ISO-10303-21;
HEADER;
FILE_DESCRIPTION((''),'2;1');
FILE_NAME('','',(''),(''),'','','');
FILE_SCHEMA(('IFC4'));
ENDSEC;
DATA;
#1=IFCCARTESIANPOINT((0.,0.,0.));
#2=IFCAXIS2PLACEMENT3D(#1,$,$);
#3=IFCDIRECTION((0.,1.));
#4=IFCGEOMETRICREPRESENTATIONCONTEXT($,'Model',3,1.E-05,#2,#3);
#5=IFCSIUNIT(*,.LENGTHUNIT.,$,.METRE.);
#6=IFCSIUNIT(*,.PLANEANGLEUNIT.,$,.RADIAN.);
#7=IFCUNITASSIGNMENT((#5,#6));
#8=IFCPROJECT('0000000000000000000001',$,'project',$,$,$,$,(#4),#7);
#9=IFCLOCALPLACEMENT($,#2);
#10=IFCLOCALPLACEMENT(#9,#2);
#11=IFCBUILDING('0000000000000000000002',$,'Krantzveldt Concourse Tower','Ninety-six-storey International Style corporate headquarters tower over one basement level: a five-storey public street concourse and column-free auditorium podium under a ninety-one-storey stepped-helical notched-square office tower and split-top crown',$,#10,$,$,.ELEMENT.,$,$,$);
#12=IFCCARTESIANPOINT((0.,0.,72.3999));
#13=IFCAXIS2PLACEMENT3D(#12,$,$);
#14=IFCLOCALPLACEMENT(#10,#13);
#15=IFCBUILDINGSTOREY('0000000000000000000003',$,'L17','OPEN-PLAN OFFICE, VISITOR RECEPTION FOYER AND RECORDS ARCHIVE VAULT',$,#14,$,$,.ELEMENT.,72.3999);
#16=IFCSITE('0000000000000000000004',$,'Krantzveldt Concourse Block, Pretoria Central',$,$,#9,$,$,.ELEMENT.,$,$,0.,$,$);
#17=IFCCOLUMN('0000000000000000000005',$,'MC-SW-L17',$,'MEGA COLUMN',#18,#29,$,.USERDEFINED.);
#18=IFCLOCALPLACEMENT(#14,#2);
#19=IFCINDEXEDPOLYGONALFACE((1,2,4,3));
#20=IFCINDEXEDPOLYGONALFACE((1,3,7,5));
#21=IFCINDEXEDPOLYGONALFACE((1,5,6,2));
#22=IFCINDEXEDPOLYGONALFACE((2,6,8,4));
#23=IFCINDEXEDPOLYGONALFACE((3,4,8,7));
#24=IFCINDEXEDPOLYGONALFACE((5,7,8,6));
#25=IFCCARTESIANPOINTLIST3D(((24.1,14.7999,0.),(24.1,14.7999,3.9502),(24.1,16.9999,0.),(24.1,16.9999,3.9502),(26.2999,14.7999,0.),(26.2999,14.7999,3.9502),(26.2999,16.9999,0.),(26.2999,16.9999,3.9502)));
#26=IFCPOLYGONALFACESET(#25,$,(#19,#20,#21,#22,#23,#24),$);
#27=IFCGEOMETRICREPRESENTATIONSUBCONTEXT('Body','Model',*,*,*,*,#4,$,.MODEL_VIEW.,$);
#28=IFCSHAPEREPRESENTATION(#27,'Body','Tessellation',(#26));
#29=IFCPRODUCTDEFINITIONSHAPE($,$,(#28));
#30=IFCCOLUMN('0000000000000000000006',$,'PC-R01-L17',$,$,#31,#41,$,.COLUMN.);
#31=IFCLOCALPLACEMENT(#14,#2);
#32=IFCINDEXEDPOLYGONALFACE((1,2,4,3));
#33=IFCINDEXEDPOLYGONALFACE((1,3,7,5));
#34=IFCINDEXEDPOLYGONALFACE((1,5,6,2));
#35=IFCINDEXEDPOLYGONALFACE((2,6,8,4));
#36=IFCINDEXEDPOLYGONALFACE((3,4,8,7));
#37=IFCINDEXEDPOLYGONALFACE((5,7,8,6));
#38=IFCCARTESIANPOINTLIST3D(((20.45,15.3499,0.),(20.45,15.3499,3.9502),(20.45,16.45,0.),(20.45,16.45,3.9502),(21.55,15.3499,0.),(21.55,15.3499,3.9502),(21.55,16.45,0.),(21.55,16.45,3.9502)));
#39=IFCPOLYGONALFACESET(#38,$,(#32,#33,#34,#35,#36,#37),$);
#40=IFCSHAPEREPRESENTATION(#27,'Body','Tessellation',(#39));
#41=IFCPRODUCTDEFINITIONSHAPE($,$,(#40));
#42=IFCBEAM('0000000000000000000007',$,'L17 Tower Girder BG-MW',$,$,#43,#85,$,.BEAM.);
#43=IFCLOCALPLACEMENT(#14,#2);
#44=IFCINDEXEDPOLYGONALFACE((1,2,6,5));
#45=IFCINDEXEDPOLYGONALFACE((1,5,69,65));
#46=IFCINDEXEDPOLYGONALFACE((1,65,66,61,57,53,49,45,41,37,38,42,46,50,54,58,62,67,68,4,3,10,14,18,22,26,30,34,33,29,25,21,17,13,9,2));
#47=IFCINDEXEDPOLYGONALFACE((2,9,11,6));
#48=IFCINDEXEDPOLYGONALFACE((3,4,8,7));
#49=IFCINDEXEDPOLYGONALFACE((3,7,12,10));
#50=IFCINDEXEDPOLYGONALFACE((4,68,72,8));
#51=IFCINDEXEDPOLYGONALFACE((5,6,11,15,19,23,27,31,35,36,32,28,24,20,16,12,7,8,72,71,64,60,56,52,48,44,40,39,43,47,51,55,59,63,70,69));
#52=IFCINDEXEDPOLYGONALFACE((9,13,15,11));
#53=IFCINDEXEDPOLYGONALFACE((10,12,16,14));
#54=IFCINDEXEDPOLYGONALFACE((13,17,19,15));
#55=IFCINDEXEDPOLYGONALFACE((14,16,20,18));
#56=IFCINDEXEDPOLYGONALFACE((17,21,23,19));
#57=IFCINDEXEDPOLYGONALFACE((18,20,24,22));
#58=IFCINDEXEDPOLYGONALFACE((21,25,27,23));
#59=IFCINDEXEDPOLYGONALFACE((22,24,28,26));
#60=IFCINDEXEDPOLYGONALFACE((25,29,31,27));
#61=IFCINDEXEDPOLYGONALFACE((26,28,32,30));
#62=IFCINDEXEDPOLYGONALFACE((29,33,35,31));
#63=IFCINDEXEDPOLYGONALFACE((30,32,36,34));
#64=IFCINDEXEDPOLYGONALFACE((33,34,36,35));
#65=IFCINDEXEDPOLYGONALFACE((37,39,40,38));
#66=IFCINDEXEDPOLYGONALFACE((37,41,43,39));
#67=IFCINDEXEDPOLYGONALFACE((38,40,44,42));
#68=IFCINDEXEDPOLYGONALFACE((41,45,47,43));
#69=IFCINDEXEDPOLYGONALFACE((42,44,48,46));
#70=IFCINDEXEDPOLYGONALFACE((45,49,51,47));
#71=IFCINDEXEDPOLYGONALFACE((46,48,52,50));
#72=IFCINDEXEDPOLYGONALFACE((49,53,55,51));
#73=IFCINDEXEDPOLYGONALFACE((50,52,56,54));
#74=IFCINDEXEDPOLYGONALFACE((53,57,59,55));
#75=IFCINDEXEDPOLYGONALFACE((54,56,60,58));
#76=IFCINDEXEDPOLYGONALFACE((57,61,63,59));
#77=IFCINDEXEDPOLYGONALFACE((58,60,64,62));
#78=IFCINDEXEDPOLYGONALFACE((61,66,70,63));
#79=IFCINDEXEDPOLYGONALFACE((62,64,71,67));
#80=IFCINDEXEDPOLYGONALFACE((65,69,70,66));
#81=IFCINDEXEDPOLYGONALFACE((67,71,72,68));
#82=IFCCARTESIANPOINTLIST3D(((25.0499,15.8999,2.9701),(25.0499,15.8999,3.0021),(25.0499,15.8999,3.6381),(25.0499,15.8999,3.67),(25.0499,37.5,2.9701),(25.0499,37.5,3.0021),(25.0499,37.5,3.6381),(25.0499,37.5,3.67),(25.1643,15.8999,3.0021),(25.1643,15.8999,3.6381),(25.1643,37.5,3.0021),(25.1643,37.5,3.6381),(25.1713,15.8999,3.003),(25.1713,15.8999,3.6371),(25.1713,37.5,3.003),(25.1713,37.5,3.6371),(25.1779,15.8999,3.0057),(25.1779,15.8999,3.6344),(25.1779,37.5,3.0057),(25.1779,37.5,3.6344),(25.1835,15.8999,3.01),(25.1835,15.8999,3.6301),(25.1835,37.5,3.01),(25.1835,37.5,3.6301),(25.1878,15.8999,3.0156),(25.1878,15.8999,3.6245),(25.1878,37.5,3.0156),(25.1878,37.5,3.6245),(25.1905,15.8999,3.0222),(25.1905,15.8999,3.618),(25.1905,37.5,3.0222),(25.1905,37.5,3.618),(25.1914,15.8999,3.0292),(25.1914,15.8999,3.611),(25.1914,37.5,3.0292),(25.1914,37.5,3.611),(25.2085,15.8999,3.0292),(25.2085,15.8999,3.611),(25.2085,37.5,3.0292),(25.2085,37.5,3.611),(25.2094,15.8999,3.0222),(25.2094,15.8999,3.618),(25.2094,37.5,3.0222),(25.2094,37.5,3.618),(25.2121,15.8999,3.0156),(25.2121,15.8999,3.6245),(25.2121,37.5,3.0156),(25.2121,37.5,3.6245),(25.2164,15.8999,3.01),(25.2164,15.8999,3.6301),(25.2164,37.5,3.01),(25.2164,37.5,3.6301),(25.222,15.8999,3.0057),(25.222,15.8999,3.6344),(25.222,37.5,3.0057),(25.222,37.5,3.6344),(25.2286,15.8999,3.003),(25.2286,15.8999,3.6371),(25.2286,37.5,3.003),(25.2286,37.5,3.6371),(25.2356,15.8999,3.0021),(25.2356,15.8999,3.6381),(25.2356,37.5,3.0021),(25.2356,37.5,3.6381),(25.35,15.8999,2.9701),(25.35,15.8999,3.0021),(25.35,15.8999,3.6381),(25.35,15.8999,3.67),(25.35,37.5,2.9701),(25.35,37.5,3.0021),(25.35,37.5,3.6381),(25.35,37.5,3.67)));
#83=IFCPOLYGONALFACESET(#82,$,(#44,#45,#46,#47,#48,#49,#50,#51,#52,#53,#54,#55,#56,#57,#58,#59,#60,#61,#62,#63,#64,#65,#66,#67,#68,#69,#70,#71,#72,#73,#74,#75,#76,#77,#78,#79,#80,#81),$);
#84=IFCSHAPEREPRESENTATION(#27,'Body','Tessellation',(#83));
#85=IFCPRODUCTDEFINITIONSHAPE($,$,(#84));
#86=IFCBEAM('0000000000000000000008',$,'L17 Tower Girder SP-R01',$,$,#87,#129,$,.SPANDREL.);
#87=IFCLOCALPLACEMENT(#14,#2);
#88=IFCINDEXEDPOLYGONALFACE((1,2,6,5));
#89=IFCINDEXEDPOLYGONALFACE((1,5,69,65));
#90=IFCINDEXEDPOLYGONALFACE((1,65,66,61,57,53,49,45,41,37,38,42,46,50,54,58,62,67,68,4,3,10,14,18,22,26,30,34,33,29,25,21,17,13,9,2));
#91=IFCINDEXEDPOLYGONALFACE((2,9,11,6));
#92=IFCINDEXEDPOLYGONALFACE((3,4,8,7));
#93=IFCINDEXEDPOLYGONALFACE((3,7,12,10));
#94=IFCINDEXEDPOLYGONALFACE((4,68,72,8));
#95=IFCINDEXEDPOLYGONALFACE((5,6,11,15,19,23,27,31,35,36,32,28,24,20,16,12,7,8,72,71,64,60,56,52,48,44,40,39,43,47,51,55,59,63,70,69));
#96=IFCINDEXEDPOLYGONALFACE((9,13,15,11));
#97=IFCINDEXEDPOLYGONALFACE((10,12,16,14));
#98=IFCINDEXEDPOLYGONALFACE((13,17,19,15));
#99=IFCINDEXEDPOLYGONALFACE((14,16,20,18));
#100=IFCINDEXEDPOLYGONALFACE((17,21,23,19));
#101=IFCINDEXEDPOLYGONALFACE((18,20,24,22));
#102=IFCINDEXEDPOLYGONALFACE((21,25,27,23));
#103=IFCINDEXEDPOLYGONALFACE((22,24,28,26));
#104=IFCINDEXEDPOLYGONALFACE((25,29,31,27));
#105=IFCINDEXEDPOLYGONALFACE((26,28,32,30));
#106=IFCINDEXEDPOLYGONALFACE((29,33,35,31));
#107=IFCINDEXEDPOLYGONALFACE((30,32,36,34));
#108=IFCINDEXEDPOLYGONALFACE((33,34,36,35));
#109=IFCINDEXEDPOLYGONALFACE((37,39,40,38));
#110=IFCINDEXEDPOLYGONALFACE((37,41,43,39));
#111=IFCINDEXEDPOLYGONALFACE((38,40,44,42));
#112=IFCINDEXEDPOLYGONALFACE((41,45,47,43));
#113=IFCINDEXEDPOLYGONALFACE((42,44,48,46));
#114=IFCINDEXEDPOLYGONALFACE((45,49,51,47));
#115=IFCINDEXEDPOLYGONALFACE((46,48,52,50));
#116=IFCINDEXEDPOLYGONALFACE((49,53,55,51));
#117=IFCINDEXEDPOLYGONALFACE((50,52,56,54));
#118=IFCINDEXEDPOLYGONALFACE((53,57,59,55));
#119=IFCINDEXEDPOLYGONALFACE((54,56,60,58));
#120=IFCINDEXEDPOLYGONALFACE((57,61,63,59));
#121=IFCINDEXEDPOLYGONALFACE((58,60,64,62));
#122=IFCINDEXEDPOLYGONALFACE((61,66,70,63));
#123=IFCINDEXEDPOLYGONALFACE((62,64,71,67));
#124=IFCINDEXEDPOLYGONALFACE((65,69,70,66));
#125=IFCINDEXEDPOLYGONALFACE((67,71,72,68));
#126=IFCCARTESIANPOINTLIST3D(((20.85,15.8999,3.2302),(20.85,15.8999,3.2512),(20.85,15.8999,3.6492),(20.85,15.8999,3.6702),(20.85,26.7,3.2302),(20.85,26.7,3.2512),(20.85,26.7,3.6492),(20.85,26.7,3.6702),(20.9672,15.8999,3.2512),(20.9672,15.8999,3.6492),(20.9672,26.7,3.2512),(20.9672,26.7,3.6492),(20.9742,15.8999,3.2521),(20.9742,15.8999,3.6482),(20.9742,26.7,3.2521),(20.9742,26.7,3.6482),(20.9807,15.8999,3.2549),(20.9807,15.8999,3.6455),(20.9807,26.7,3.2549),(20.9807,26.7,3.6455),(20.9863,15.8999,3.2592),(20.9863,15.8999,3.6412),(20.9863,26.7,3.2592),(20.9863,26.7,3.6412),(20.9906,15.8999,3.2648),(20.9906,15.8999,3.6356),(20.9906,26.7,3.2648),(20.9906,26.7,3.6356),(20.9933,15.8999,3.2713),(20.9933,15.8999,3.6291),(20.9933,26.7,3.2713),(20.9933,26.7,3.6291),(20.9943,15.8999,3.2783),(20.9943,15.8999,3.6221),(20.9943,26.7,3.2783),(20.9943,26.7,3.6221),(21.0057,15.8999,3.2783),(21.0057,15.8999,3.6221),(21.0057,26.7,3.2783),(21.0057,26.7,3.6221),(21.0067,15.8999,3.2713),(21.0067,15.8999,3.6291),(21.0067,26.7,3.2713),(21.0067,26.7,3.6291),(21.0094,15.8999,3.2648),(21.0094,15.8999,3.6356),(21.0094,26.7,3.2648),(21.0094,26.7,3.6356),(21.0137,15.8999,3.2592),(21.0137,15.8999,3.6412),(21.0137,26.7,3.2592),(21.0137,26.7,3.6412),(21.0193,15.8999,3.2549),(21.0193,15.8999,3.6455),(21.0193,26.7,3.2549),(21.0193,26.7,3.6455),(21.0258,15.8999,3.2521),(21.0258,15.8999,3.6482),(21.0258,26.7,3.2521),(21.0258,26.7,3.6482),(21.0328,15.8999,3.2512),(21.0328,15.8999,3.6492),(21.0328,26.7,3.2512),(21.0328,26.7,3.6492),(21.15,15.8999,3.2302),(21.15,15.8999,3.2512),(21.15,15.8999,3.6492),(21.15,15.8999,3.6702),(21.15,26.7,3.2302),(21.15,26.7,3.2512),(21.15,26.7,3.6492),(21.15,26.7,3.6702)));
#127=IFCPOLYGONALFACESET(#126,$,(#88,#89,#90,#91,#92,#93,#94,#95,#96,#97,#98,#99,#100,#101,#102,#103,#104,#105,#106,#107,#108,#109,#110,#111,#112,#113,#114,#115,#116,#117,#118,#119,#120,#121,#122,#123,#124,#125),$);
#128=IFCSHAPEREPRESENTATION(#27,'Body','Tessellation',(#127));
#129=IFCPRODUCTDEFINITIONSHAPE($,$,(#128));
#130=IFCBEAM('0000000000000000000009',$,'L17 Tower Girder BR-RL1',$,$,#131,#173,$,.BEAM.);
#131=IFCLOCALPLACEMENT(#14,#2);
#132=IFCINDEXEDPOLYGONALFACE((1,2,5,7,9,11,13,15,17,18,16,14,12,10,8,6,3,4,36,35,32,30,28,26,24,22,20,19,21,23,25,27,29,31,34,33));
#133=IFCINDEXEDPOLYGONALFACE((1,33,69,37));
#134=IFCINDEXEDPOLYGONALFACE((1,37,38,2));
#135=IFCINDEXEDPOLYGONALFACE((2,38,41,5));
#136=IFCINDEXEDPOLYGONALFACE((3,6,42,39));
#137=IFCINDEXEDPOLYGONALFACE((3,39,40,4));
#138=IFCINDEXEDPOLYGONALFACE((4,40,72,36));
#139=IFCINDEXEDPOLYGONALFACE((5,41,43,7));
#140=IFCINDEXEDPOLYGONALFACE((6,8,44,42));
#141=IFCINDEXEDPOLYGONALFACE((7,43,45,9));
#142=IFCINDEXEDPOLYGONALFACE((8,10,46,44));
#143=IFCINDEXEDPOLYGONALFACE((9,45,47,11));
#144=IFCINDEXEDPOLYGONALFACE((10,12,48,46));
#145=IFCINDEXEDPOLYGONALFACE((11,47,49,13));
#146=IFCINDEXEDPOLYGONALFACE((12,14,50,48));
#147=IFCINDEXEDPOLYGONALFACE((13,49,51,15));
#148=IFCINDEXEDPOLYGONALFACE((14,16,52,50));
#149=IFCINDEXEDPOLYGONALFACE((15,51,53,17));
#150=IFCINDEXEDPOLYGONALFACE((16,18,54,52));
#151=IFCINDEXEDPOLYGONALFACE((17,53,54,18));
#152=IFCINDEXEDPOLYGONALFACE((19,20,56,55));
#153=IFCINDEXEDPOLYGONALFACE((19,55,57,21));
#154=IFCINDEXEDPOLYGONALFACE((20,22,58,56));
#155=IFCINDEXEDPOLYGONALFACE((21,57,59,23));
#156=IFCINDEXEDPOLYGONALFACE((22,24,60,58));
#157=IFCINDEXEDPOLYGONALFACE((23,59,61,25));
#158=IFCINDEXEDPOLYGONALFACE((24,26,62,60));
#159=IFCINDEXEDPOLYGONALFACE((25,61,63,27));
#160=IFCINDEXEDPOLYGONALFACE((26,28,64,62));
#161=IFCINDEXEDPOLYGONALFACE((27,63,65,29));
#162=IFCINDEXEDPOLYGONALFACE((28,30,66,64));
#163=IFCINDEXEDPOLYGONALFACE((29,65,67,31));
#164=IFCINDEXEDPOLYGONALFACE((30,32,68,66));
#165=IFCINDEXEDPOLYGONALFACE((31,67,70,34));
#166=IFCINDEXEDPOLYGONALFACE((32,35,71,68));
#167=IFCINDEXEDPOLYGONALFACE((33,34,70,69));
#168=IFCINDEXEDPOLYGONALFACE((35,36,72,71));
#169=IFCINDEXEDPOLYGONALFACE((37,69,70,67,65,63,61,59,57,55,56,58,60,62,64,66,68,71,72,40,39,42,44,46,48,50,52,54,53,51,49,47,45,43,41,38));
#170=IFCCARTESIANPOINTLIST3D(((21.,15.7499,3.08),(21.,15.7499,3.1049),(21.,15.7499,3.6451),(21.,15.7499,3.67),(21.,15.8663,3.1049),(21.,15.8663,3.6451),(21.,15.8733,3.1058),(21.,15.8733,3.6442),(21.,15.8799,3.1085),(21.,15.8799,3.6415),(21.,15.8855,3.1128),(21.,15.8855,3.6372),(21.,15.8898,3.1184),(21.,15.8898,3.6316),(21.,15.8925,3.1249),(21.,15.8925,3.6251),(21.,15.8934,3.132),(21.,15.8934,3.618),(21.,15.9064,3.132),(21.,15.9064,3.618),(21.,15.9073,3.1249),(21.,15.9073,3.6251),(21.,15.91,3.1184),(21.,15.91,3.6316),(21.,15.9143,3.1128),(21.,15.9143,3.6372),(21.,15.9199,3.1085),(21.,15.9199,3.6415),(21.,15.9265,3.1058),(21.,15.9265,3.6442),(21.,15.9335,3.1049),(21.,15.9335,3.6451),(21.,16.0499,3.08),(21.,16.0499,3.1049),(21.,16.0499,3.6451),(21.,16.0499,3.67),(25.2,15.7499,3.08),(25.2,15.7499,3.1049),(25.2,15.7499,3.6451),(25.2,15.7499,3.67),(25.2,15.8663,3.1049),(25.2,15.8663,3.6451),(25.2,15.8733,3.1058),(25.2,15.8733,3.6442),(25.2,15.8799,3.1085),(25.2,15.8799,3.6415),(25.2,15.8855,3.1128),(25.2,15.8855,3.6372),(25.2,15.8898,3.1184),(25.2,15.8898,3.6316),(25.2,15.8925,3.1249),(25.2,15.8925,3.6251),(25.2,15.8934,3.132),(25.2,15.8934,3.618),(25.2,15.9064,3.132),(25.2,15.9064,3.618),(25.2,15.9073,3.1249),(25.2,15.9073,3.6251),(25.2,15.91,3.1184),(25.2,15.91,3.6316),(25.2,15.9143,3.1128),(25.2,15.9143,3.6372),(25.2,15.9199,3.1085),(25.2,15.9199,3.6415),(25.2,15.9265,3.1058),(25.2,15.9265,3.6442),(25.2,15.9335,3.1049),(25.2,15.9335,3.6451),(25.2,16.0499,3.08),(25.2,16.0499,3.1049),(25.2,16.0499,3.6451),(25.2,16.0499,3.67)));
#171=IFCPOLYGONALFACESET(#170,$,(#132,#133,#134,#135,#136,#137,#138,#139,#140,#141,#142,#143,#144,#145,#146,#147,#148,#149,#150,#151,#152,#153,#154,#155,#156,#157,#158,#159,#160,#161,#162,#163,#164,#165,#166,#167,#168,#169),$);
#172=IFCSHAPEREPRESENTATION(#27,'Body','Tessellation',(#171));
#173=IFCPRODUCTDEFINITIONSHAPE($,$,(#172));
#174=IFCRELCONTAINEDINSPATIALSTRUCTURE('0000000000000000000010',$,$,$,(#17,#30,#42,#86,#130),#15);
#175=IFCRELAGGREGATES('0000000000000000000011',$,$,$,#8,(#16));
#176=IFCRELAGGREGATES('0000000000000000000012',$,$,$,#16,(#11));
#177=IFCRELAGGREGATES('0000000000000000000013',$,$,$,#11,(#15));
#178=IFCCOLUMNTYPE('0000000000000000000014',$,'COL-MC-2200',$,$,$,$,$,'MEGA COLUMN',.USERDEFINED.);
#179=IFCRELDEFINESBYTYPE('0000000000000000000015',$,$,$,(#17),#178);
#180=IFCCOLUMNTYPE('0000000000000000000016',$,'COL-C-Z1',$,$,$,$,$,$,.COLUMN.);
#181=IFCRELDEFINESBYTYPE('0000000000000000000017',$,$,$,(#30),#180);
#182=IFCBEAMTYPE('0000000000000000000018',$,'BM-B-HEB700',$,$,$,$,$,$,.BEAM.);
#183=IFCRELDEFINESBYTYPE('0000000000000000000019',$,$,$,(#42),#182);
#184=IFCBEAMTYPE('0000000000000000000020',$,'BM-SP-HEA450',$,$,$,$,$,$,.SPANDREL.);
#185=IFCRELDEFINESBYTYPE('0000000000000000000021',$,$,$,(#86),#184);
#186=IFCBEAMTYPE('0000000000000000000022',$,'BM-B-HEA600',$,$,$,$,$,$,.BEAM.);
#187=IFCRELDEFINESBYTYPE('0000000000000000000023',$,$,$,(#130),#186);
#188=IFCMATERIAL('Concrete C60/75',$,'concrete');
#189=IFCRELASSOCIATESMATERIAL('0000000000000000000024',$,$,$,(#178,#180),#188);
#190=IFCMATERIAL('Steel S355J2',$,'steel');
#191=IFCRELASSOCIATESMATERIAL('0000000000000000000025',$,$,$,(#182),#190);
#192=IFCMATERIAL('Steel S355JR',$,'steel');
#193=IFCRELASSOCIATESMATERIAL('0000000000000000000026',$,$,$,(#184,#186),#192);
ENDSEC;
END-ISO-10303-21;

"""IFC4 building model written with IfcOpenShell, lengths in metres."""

from ifc_helpers import new_model, si_unit, direction, frame, origin, origin_2d, place, context, subcontext, project, spatial, rectangle, i_section, extrude, source, transform, mapped, material, material_profile, profile_set, type_object, type_shapes, element, save


model = new_model("IFC4")

# Units and contexts
model_context = context("Model", 3, precision=1e-05, world=origin(), true_north=direction((0.0, 1.0)))
body_context = subcontext(model_context, "Body", "Model", "MODEL_VIEW")
ifc_project = project(units=[si_unit("LENGTHUNIT", "METRE"), si_unit("PLANEANGLEUNIT", "RADIAN")], contexts=[model_context])

# Site, building, storey
site_placement = place(None, origin())
site = spatial("IfcSite", under=ifc_project, at=site_placement, Name="Krantzveldt Concourse Block, Pretoria Central", CompositionType="ELEMENT", RefElevation=0.0)
building_placement = place(site_placement, origin())
building = spatial("IfcBuilding", under=site, at=building_placement, Name="Krantzveldt Concourse Tower", Description="Ninety-six-storey International Style corporate headquarters tower over one basement level: a five-storey public street concourse and column-free auditorium podium under a ninety-one-storey stepped-helical notched-square office tower and split-top crown", CompositionType="ELEMENT")
storey_placement = place(building_placement, frame((0.0, 0.0, 72.3999)))
storey = spatial("IfcBuildingStorey", under=building, at=storey_placement, Name="L17", Description="OPEN-PLAN OFFICE, VISITOR RECEPTION FOYER AND RECORDS ARCHIVE VAULT", CompositionType="ELEMENT", Elevation=72.3999)

# Columns
ifc_material_1 = material(Name="Concrete C60/75", Category="concrete")
ifc_material_profile_1 = material_profile(ifc_material_1, rectangle(XDim=2.2, YDim=2.2, at=origin_2d()), Name="Concrete C60/75", Category="concrete")
ifc_profile_set_1 = profile_set([ifc_material_profile_1], Name="Concrete C60/75 - RC 2200x2200")
column_type_1 = type_object("IfcColumnType", Name="COL-MC-2200", ElementType="MEGA COLUMN", PredefinedType="USERDEFINED", material=ifc_profile_set_1)
shared_shape_1 = source(origin(), body_context, "Body", "SweptSolid", [
    extrude(rectangle(XDim=2.2, YDim=2.2, at=origin_2d()), origin(), (0.0, 0.0, 1.0), 3.9502),
])
type_shapes(column_type_1, [shared_shape_1])
column_1_placement = place(storey_placement, frame((25.2, 15.8999, 0.0), z_axis=(0.0, 0.0, 1.0), x_axis=(1.0, 0.0, 0.0)))
element("IfcColumn", 1, at=column_1_placement, inside=storey, type_object=column_type_1, Name="MC-SW-L17", ObjectType="MEGA COLUMN", PredefinedType="USERDEFINED", context=body_context, shape_type="MappedRepresentation", body=[
    mapped(shared_shape_1, transform((0.0, 0.0, 0.0), x_axis=(1.0, 0.0, 0.0), y_axis=(0.0, 1.0, 0.0), z_axis=(0.0, 0.0, 1.0), scale=1.0)),
])
ifc_material_profile_2 = material_profile(ifc_material_1, rectangle(XDim=1.1001, YDim=1.1001, at=origin_2d()), Name="Concrete C60/75", Category="concrete")
ifc_profile_set_2 = profile_set([ifc_material_profile_2], Name="Concrete C60/75 - RC 1100x1100")
column_type_2 = type_object("IfcColumnType", Name="COL-C-Z1", PredefinedType="COLUMN", material=ifc_profile_set_2)
shared_shape_2 = source(origin(), body_context, "Body", "SweptSolid", [
    extrude(rectangle(XDim=1.1001, YDim=1.1001, at=origin_2d()), origin(), (0.0, 0.0, 1.0), 3.9502),
])
type_shapes(column_type_2, [shared_shape_2])
column_2_placement = place(storey_placement, frame((21.0, 15.8999, 0.0), z_axis=(0.0, 0.0, 1.0), x_axis=(1.0, 0.0, 0.0)))
element("IfcColumn", 2, at=column_2_placement, inside=storey, type_object=column_type_2, Name="PC-R01-L17", PredefinedType="COLUMN", context=body_context, shape_type="MappedRepresentation", body=[
    mapped(shared_shape_2, transform((0.0, 0.0, 0.0), x_axis=(1.0, 0.0, 0.0), y_axis=(0.0, 1.0, 0.0), z_axis=(0.0, 0.0, 1.0), scale=1.0)),
])

# Beams
ifc_material_2 = material(Name="Steel S355J2", Category="steel")
ifc_material_profile_3 = material_profile(ifc_material_2, i_section(OverallWidth=0.3, OverallDepth=0.7, WebThickness=0.0171, FlangeThickness=0.032, FilletRadius=0.0271, at=origin_2d()), Name="Steel S355J2", Category="steel")
ifc_profile_set_3 = profile_set([ifc_material_profile_3], Name="Steel S355J2 - HEB 700")
beam_type_1 = type_object("IfcBeamType", Name="BM-B-HEB700", PredefinedType="BEAM", material=ifc_profile_set_3)
shared_shape_3 = source(origin(), body_context, "Body", "SweptSolid", [
    extrude(i_section(OverallWidth=0.3, OverallDepth=0.7, WebThickness=0.0171, FlangeThickness=0.032, FilletRadius=0.0271, at=origin_2d()), origin(), (0.0, 0.0, 1.0), 21.6001),
])
type_shapes(beam_type_1, [shared_shape_3])
beam_1_placement = place(storey_placement, frame((25.2, 15.8999, 3.3201), z_axis=(0.0, 1.0, 0.0), x_axis=(-1.0, 0.0, 0.0)))
element("IfcBeam", 3, at=beam_1_placement, inside=storey, type_object=beam_type_1, Name="L17 Tower Girder BG-MW", PredefinedType="BEAM", context=body_context, shape_type="MappedRepresentation", body=[
    mapped(shared_shape_3, transform((0.0, 0.0, 0.0), x_axis=(1.0, 0.0, 0.0), y_axis=(0.0, 1.0, 0.0), z_axis=(0.0, 0.0, 1.0), scale=1.0)),
])
ifc_material_3 = material(Name="Steel S355JR", Category="steel")
ifc_material_profile_4 = material_profile(ifc_material_3, i_section(OverallWidth=0.3, OverallDepth=0.4399, WebThickness=0.0115, FlangeThickness=0.021, FilletRadius=0.0271, at=origin_2d()), Name="Steel S355JR", Category="steel")
ifc_profile_set_4 = profile_set([ifc_material_profile_4], Name="Steel S355JR - HEA 450")
beam_type_2 = type_object("IfcBeamType", Name="BM-SP-HEA450", PredefinedType="SPANDREL", material=ifc_profile_set_4)
shared_shape_4 = source(origin(), body_context, "Body", "SweptSolid", [
    extrude(i_section(OverallWidth=0.3, OverallDepth=0.4399, WebThickness=0.0115, FlangeThickness=0.021, FilletRadius=0.0271, at=origin_2d()), origin(), (0.0, 0.0, 1.0), 10.8),
])
type_shapes(beam_type_2, [shared_shape_4])
beam_2_placement = place(storey_placement, frame((21.0, 15.8999, 3.4502), z_axis=(0.0, 1.0, 0.0), x_axis=(-1.0, 0.0, 0.0)))
element("IfcBeam", 4, at=beam_2_placement, inside=storey, type_object=beam_type_2, Name="L17 Tower Girder SP-R01", PredefinedType="SPANDREL", context=body_context, shape_type="MappedRepresentation", body=[
    mapped(shared_shape_4, transform((0.0, 0.0, 0.0), x_axis=(1.0, 0.0, 0.0), y_axis=(0.0, 1.0, 0.0), z_axis=(0.0, 0.0, 1.0), scale=1.0)),
])
ifc_material_profile_5 = material_profile(ifc_material_3, i_section(OverallWidth=0.3, OverallDepth=0.5901, WebThickness=0.0129, FlangeThickness=0.0249, FilletRadius=0.0271, at=origin_2d()), Name="Steel S355JR", Category="steel")
ifc_profile_set_5 = profile_set([ifc_material_profile_5], Name="Steel S355JR - HEA 600")
beam_type_3 = type_object("IfcBeamType", Name="BM-B-HEA600", PredefinedType="BEAM", material=ifc_profile_set_5)
shared_shape_5 = source(origin(), body_context, "Body", "SweptSolid", [
    extrude(i_section(OverallWidth=0.3, OverallDepth=0.5901, WebThickness=0.0129, FlangeThickness=0.0249, FilletRadius=0.0271, at=origin_2d()), origin(), (0.0, 0.0, 1.0), 4.2),
])
beam_3_placement = place(storey_placement, frame((21.0, 15.8999, 3.375), z_axis=(1.0, 0.0, 0.0), x_axis=(0.0, 1.0, 0.0)))
element("IfcBeam", 5, at=beam_3_placement, inside=storey, type_object=beam_type_3, Name="L17 Tower Girder BR-RL1", PredefinedType="BEAM", context=body_context, shape_type="MappedRepresentation", body=[
    mapped(shared_shape_5, transform((0.0, 0.0, 0.0), x_axis=(1.0, 0.0, 0.0), y_axis=(0.0, 1.0, 0.0), z_axis=(0.0, 0.0, 1.0), scale=1.0)),
])

save(model, "model.ifc")
